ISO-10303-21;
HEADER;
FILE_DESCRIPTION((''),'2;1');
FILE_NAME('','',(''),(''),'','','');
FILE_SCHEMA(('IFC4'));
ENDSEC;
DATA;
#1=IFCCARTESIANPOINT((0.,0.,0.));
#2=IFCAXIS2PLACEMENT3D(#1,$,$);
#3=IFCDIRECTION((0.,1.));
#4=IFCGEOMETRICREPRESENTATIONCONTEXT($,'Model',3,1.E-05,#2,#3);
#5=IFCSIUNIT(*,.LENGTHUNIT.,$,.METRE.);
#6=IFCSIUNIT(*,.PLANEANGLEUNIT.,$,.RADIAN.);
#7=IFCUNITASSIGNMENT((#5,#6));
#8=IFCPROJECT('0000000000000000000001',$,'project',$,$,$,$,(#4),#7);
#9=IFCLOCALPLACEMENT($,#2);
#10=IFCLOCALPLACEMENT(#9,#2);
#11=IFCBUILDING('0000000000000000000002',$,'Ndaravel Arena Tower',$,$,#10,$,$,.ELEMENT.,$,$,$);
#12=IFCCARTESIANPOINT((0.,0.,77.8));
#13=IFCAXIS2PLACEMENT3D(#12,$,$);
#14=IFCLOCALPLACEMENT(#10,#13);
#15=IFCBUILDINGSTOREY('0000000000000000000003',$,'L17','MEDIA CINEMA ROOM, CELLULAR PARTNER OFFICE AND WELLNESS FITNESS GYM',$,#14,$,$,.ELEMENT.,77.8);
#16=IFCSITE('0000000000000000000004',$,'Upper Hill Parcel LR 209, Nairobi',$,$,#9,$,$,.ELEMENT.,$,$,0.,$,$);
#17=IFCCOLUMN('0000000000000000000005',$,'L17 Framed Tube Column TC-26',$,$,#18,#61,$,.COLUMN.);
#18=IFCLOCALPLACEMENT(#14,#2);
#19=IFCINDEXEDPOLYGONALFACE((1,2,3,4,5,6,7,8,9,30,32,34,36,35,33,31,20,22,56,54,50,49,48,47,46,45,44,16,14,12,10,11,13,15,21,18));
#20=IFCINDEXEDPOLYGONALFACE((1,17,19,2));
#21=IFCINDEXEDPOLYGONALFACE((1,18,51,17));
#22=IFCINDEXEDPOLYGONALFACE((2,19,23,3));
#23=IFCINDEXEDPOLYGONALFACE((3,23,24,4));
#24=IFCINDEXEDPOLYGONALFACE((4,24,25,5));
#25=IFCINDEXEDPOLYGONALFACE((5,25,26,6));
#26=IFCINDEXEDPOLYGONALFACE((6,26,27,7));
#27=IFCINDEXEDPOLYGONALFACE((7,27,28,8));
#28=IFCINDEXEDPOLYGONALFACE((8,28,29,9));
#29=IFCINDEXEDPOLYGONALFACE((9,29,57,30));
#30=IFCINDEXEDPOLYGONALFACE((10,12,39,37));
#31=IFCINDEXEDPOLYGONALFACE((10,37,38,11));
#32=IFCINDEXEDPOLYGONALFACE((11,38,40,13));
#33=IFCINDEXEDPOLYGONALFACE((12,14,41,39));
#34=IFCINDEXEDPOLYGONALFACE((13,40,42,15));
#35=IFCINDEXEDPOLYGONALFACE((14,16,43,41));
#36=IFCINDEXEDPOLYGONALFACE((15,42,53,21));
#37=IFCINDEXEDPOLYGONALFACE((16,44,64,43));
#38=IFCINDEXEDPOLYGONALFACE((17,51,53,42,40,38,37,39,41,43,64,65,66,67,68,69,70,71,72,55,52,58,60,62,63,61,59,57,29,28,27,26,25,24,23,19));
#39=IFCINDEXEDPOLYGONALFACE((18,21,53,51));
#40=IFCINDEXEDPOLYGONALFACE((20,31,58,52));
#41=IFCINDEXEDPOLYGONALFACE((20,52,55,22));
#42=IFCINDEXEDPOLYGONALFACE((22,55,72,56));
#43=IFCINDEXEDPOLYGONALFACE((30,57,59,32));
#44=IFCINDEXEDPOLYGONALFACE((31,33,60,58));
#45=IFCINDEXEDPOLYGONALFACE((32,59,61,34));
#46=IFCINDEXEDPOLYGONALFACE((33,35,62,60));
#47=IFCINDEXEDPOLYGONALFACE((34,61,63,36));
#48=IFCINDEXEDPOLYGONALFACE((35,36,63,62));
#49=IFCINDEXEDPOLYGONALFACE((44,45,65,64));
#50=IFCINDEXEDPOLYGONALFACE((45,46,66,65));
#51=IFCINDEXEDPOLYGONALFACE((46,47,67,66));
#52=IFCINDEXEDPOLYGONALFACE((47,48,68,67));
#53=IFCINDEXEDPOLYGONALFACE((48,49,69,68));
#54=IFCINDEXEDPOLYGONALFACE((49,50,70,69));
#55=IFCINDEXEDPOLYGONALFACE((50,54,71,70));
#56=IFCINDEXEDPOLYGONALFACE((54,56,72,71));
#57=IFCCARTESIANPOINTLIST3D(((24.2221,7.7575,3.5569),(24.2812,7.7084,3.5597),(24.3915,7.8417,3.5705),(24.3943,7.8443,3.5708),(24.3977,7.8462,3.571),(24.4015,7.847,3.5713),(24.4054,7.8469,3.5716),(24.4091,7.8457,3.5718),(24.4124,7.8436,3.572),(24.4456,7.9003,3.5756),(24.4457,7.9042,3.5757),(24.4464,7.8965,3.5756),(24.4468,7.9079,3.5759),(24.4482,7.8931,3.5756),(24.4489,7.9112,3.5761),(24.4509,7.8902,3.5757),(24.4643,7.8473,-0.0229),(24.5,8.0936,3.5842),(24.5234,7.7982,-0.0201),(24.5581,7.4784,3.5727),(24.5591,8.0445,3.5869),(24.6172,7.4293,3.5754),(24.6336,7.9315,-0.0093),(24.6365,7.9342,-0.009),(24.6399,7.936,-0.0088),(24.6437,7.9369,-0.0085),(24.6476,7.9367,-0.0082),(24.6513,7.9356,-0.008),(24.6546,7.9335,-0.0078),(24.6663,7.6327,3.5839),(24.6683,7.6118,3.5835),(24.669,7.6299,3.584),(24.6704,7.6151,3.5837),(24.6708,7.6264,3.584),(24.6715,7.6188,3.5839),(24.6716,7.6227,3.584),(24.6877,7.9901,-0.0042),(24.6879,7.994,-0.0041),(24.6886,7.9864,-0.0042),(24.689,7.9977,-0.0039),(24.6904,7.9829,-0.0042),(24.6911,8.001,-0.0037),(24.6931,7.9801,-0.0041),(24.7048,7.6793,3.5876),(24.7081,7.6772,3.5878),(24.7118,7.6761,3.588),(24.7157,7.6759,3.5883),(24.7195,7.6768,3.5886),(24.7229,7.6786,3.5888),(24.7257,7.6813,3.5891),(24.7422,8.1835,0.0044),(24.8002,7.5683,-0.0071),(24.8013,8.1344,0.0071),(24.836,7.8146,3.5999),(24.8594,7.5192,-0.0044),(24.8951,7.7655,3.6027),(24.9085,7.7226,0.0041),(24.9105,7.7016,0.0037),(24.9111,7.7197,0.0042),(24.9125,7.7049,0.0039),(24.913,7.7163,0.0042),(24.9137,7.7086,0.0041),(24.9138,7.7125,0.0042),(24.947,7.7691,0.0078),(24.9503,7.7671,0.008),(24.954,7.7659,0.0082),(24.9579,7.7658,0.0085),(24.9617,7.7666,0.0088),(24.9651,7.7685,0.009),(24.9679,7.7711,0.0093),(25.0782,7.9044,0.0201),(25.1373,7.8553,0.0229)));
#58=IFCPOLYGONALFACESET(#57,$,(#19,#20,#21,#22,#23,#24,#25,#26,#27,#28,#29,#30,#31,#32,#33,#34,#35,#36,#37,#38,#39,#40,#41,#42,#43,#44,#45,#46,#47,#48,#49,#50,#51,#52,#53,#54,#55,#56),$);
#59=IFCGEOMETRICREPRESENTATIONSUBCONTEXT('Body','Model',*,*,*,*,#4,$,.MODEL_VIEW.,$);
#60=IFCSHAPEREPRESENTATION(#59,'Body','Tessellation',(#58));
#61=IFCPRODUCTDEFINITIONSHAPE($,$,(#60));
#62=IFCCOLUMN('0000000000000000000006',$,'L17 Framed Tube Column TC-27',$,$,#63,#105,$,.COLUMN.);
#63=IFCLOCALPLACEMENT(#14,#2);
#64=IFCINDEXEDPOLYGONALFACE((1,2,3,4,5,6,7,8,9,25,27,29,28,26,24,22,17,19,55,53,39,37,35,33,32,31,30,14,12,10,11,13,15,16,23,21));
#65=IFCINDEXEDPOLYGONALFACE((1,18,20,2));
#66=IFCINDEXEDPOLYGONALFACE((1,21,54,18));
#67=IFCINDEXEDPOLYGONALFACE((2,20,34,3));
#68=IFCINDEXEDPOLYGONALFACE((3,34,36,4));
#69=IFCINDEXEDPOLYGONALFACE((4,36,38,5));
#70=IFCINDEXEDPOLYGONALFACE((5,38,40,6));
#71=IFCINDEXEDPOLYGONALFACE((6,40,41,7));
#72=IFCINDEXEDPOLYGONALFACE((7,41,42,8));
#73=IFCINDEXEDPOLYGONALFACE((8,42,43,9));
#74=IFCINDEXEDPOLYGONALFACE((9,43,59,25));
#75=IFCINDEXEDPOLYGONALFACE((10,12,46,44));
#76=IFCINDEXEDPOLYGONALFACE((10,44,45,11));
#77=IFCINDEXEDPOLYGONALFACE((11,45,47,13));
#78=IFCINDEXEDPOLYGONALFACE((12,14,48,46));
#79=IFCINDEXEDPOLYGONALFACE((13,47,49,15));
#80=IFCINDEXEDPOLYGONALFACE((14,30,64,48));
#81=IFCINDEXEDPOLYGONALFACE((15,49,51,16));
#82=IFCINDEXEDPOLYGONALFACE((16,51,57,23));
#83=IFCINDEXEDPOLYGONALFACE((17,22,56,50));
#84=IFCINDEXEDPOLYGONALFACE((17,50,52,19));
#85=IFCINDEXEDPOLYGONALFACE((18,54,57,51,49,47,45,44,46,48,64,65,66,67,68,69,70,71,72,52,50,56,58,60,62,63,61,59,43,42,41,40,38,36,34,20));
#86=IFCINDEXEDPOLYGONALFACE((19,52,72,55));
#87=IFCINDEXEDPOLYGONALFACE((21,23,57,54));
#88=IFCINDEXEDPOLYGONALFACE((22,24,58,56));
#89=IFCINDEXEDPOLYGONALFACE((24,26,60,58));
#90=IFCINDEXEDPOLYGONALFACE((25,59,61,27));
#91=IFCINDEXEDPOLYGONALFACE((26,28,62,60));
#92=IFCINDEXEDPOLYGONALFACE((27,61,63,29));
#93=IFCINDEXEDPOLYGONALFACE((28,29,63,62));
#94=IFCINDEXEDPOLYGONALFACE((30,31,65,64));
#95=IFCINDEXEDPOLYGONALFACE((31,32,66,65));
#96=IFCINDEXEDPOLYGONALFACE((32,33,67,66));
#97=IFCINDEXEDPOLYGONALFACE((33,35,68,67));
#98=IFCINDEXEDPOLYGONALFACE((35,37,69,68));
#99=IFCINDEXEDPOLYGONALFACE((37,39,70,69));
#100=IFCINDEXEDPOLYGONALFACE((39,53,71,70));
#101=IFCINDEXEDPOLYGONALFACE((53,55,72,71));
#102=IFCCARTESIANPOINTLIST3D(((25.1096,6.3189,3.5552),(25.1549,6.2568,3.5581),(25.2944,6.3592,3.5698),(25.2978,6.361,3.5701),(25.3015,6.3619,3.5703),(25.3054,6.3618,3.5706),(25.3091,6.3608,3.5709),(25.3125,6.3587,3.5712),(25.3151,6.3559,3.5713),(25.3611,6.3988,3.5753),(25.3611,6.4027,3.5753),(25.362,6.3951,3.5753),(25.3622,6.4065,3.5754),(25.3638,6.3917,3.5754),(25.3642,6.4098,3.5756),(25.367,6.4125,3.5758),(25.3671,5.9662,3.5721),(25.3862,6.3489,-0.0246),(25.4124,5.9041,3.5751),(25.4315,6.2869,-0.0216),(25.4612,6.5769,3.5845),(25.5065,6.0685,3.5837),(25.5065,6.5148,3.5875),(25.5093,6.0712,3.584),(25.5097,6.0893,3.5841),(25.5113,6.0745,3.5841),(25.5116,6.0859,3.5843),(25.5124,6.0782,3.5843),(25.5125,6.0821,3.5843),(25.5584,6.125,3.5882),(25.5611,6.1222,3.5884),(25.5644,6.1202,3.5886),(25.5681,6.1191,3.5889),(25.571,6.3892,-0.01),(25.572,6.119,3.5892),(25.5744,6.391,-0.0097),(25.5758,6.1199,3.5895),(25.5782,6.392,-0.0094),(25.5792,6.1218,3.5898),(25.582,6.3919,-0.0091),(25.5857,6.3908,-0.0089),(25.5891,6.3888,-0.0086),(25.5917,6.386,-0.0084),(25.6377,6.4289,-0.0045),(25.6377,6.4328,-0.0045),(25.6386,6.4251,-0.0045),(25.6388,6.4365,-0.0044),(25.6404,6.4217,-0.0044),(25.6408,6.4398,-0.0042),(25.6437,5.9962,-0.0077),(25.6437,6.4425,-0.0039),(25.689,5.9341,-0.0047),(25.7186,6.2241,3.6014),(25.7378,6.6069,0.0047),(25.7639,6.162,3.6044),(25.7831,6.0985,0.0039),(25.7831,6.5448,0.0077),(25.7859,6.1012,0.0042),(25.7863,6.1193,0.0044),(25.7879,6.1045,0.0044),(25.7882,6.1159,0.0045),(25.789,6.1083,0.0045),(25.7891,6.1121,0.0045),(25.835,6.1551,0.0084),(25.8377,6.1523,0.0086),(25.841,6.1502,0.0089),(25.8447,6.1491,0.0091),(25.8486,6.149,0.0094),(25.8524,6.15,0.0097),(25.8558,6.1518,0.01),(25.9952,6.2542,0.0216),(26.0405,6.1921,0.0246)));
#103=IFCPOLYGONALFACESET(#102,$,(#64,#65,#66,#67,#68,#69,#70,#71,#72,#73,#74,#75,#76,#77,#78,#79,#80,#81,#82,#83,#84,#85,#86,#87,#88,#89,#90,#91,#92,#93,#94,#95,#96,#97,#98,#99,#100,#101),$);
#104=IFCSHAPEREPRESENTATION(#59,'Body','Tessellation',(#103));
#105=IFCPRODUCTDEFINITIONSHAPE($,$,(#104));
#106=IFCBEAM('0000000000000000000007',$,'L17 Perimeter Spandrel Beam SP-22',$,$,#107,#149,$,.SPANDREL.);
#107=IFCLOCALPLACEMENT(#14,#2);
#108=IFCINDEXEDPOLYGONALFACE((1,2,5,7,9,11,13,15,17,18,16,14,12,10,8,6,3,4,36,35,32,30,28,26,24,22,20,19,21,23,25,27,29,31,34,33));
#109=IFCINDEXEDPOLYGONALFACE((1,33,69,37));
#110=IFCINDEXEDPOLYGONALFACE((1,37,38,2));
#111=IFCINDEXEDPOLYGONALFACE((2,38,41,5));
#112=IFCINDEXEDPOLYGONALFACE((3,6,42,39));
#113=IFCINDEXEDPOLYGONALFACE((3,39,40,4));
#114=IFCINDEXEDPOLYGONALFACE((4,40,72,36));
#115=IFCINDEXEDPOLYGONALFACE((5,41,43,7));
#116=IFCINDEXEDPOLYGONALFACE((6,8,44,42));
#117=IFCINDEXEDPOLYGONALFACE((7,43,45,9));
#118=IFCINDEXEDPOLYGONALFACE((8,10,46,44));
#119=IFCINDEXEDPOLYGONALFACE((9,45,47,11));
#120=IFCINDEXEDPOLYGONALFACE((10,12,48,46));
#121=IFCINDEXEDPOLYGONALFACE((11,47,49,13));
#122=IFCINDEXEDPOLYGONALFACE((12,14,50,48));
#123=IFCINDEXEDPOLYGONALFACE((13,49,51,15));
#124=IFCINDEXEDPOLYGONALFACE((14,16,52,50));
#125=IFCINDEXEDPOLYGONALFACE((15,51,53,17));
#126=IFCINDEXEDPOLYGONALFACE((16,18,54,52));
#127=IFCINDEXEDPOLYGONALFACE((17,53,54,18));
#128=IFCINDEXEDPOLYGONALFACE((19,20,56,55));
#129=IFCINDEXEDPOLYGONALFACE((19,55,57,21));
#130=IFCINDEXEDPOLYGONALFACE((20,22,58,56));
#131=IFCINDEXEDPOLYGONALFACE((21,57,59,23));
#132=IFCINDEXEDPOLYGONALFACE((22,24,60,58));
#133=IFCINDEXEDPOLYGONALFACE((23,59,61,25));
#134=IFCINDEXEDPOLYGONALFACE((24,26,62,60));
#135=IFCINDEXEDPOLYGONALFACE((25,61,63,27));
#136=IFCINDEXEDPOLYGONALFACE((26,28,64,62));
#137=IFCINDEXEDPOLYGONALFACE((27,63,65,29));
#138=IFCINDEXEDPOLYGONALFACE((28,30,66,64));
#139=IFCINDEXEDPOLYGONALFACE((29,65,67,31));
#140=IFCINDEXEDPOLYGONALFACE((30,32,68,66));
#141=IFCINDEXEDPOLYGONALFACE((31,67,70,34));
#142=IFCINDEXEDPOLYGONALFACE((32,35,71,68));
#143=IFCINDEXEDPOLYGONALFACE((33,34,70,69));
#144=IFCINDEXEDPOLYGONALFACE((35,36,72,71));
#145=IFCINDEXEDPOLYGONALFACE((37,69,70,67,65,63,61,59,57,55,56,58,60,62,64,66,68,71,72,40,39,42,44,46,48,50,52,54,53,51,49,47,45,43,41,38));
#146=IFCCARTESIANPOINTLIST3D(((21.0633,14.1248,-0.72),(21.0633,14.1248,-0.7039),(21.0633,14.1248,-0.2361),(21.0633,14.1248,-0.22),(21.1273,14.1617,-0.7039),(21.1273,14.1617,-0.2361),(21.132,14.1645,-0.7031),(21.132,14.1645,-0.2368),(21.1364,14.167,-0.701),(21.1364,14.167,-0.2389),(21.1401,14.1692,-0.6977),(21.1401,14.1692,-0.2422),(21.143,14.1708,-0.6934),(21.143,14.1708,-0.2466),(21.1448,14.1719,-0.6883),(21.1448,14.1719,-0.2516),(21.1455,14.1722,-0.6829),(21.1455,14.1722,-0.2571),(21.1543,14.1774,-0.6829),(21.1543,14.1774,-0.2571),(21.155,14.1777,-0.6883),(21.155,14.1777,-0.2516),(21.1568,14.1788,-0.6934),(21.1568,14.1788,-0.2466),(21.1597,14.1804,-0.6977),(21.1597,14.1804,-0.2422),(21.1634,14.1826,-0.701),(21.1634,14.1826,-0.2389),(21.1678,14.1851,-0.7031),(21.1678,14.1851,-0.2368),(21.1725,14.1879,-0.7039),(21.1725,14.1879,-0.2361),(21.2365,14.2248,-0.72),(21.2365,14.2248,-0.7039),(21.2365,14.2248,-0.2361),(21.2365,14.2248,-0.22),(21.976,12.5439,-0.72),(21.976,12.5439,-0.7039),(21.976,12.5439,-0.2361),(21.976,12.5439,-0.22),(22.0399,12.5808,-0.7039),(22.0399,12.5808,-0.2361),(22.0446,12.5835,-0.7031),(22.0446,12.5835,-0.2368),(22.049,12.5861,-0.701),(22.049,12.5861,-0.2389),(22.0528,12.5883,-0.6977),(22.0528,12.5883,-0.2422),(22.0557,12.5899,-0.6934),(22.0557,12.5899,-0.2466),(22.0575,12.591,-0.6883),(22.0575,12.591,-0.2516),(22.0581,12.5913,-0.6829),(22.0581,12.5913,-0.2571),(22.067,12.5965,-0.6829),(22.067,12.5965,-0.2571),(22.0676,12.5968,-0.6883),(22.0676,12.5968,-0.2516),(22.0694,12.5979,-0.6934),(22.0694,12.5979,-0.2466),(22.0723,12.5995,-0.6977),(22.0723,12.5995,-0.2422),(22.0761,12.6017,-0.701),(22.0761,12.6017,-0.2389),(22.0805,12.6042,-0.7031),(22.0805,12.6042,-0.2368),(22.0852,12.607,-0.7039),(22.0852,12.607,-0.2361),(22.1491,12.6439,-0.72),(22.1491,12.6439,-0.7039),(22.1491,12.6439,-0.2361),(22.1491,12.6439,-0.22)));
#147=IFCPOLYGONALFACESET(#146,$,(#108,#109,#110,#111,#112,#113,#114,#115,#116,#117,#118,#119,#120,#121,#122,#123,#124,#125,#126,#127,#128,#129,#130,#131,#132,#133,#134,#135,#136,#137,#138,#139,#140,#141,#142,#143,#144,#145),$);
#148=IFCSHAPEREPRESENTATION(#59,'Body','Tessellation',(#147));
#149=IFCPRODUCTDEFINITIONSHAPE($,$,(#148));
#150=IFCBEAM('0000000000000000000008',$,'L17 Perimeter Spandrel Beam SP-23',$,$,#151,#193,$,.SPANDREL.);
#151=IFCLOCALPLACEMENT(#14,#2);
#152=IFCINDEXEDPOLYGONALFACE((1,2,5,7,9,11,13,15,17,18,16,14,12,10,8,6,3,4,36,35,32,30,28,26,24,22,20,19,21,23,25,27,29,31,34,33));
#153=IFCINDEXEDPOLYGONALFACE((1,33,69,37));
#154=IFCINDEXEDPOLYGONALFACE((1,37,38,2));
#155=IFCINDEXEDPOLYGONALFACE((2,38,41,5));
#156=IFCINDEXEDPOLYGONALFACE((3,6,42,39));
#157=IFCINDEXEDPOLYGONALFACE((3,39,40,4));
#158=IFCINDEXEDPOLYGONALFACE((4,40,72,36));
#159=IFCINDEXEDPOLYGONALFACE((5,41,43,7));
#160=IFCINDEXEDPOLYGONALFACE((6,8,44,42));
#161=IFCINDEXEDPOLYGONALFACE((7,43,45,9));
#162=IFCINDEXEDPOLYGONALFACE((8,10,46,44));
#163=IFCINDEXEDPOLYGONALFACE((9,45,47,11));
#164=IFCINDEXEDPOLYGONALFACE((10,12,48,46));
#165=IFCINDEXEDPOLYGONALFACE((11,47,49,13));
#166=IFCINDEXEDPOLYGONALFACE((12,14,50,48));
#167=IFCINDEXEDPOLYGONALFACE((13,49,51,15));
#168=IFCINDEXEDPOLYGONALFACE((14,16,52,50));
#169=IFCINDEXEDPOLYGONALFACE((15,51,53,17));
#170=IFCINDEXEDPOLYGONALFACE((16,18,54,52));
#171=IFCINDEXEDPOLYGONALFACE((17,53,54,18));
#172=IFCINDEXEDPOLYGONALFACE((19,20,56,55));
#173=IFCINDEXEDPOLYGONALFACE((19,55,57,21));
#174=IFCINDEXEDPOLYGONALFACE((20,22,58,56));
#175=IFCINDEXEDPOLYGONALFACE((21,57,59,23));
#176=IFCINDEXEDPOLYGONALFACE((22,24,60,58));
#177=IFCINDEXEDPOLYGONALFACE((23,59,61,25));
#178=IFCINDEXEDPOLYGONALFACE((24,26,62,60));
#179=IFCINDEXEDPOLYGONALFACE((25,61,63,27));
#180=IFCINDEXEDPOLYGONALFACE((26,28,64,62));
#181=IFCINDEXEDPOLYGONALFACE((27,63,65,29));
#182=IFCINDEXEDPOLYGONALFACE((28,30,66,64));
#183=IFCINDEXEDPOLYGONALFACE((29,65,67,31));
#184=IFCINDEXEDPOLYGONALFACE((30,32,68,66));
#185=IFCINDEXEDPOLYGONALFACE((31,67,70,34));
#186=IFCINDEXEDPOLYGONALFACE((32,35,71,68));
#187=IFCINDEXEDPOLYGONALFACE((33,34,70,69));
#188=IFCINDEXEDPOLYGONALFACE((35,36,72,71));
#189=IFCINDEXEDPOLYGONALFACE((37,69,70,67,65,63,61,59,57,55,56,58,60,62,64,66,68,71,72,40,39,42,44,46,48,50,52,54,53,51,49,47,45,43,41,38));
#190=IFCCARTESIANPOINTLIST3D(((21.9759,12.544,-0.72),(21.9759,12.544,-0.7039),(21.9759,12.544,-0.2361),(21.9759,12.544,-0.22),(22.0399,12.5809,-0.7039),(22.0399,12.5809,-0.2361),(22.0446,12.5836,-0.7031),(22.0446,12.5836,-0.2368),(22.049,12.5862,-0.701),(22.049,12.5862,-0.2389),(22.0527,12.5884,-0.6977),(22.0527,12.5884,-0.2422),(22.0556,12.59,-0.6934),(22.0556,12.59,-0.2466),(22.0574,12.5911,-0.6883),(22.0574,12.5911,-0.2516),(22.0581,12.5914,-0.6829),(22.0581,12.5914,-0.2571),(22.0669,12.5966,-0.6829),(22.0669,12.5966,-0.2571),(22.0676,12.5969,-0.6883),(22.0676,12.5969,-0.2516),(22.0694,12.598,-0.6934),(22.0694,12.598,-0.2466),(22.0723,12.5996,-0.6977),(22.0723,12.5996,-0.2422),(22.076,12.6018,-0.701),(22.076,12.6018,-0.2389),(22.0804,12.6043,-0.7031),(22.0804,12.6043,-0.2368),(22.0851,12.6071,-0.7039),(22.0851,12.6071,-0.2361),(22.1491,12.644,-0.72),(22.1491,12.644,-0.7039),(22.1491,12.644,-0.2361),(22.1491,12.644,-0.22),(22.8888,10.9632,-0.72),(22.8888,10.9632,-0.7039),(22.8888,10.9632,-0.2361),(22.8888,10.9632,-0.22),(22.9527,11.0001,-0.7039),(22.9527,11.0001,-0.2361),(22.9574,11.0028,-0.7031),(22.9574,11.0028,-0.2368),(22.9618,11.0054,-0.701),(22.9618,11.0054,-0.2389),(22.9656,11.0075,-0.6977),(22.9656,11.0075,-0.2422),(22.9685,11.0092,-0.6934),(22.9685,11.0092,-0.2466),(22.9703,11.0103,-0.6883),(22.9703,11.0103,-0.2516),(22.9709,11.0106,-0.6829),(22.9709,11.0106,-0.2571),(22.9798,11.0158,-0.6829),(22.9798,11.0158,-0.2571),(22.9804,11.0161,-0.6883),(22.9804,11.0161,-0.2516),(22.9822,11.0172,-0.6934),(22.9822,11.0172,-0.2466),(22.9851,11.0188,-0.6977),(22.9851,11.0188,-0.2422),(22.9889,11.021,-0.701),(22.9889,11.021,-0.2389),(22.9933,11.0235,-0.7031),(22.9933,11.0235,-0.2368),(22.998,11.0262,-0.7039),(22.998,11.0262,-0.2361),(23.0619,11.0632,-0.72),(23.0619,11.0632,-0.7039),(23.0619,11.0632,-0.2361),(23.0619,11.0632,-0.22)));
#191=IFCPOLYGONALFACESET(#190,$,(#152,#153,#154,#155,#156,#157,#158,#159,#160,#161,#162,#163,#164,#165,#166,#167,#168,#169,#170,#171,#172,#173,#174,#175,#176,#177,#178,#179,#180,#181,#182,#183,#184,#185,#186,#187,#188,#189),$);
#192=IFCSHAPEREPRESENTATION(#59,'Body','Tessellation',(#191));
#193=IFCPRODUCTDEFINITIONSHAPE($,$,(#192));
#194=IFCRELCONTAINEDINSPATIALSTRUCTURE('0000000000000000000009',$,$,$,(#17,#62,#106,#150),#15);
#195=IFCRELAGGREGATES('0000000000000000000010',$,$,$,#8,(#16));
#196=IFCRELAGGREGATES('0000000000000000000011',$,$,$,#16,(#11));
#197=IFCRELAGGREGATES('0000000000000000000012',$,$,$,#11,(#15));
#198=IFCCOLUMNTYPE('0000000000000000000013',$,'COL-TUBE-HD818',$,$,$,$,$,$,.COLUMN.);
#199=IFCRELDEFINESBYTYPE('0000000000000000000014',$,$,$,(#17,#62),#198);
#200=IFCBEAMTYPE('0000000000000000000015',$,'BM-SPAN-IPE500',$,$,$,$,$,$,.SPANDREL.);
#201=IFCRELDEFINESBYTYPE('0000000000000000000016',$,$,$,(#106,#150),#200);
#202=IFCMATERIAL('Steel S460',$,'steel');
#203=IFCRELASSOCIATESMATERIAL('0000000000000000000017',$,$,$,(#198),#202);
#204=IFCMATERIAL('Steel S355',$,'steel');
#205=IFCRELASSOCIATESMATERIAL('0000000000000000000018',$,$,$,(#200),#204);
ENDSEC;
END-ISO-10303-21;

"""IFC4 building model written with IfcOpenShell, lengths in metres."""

from ifc_helpers import new_model, si_unit, direction, frame, origin, origin_2d, place, context, subcontext, project, spatial, i_section, extrude, material, material_profile, profile_set, type_object, element, save


model = new_model("IFC4")

# Units and contexts
model_context = context("Model", 3, precision=1e-05, world=origin(), true_north=direction((0.0, 1.0)))
body_context = subcontext(model_context, "Body", "Model", "MODEL_VIEW")
ifc_project = project(units=[si_unit("LENGTHUNIT", "METRE"), si_unit("PLANEANGLEUNIT", "RADIAN")], contexts=[model_context])

# Site, building, storey
site_placement = place(None, origin())
site = spatial("IfcSite", under=ifc_project, at=site_placement, Name="Upper Hill Parcel LR 209, Nairobi", CompositionType="ELEMENT", RefElevation=0.0)
building_placement = place(site_placement, origin())
building = spatial("IfcBuilding", under=site, at=building_placement, Name="Ndaravel Arena Tower", CompositionType="ELEMENT")
storey_placement = place(building_placement, frame((0.0, 0.0, 77.8)))
storey = spatial("IfcBuildingStorey", under=building, at=storey_placement, Name="L17", Description="MEDIA CINEMA ROOM, CELLULAR PARTNER OFFICE AND WELLNESS FITNESS GYM", CompositionType="ELEMENT", Elevation=77.8)

# Columns
ifc_material_1 = material(Name="Steel S460", Category="steel")
ifc_material_profile_1 = material_profile(ifc_material_1, i_section(OverallWidth=0.437, OverallDepth=0.5139, WebThickness=0.0605, FlangeThickness=0.0769, FilletRadius=0.0149, at=origin_2d()), Name="HD 400x818")
ifc_profile_set_1 = profile_set([ifc_material_profile_1], Name="Steel S460")
column_type = type_object("IfcColumnType", Name="COL-TUBE-HD818", PredefinedType="COLUMN", material=ifc_profile_set_1)
column_1_placement = place(storey_placement, frame((24.8008, 7.8513, 0.0), z_axis=(-0.067478, -0.025032, 0.997407), x_axis=(0.635947, 0.769212, 0.062329)))
element("IfcColumn", 1, at=column_1_placement, inside=storey, type_object=column_type, Name="L17 Framed Tube Column TC-26", PredefinedType="COLUMN", context=body_context, shape_type="SweptSolid", body=[
    extrude(i_section(OverallWidth=0.437, OverallDepth=0.5139, WebThickness=0.0605, FlangeThickness=0.0769, FilletRadius=0.0149, at=origin_2d()), origin(), (0.0, 0.0, 1.0), 3.5891),
])
column_2_placement = place(storey_placement, frame((25.7134, 6.2705, 0.0), z_axis=(-0.077037, -0.008363, 0.996993), x_axis=(0.804414, 0.590266, 0.067108)))
element("IfcColumn", 2, at=column_2_placement, inside=storey, type_object=column_type, Name="L17 Framed Tube Column TC-27", PredefinedType="COLUMN", context=body_context, shape_type="SweptSolid", body=[
    extrude(i_section(OverallWidth=0.437, OverallDepth=0.5139, WebThickness=0.0605, FlangeThickness=0.0769, FilletRadius=0.0149, at=origin_2d()), origin(), (0.0, 0.0, 1.0), 3.5906),
])

# Beams
ifc_material_2 = material(Name="Steel S355", Category="steel")
ifc_material_profile_2 = material_profile(ifc_material_2, i_section(OverallWidth=0.2, OverallDepth=0.5, WebThickness=0.0103, FlangeThickness=0.0161, FilletRadius=0.021, at=origin_2d()), Name="IPE 500")
ifc_profile_set_2 = profile_set([ifc_material_profile_2], Name="Steel S355")
beam_type = type_object("IfcBeamType", Name="BM-SPAN-IPE500", PredefinedType="SPANDREL", material=ifc_profile_set_2)
for number, where, z_axis, x_axis, name in (
    (3, (21.1499, 14.1748, -0.47), (0.499966, -0.866045, 0.0), (0.866045, 0.499966, 0.0), "L17 Perimeter Spandrel Beam SP-22"),
    (4, (22.0625, 12.594, -0.47), (0.500066, -0.865987, 0.0), (0.865987, 0.500066, 0.0), "L17 Perimeter Spandrel Beam SP-23"),
):
    element("IfcBeam", number, at=place(storey_placement, frame(where, z_axis=z_axis, x_axis=x_axis)), inside=storey, type_object=beam_type, Name=name, PredefinedType="SPANDREL", context=body_context, shape_type="SweptSolid", body=[
        extrude(i_section(OverallWidth=0.2, OverallDepth=0.5, WebThickness=0.0103, FlangeThickness=0.0161, FilletRadius=0.021, at=origin_2d()), origin(), (0.0, 0.0, 1.0), 1.8254),
    ])

save(model, "model.ifc")
